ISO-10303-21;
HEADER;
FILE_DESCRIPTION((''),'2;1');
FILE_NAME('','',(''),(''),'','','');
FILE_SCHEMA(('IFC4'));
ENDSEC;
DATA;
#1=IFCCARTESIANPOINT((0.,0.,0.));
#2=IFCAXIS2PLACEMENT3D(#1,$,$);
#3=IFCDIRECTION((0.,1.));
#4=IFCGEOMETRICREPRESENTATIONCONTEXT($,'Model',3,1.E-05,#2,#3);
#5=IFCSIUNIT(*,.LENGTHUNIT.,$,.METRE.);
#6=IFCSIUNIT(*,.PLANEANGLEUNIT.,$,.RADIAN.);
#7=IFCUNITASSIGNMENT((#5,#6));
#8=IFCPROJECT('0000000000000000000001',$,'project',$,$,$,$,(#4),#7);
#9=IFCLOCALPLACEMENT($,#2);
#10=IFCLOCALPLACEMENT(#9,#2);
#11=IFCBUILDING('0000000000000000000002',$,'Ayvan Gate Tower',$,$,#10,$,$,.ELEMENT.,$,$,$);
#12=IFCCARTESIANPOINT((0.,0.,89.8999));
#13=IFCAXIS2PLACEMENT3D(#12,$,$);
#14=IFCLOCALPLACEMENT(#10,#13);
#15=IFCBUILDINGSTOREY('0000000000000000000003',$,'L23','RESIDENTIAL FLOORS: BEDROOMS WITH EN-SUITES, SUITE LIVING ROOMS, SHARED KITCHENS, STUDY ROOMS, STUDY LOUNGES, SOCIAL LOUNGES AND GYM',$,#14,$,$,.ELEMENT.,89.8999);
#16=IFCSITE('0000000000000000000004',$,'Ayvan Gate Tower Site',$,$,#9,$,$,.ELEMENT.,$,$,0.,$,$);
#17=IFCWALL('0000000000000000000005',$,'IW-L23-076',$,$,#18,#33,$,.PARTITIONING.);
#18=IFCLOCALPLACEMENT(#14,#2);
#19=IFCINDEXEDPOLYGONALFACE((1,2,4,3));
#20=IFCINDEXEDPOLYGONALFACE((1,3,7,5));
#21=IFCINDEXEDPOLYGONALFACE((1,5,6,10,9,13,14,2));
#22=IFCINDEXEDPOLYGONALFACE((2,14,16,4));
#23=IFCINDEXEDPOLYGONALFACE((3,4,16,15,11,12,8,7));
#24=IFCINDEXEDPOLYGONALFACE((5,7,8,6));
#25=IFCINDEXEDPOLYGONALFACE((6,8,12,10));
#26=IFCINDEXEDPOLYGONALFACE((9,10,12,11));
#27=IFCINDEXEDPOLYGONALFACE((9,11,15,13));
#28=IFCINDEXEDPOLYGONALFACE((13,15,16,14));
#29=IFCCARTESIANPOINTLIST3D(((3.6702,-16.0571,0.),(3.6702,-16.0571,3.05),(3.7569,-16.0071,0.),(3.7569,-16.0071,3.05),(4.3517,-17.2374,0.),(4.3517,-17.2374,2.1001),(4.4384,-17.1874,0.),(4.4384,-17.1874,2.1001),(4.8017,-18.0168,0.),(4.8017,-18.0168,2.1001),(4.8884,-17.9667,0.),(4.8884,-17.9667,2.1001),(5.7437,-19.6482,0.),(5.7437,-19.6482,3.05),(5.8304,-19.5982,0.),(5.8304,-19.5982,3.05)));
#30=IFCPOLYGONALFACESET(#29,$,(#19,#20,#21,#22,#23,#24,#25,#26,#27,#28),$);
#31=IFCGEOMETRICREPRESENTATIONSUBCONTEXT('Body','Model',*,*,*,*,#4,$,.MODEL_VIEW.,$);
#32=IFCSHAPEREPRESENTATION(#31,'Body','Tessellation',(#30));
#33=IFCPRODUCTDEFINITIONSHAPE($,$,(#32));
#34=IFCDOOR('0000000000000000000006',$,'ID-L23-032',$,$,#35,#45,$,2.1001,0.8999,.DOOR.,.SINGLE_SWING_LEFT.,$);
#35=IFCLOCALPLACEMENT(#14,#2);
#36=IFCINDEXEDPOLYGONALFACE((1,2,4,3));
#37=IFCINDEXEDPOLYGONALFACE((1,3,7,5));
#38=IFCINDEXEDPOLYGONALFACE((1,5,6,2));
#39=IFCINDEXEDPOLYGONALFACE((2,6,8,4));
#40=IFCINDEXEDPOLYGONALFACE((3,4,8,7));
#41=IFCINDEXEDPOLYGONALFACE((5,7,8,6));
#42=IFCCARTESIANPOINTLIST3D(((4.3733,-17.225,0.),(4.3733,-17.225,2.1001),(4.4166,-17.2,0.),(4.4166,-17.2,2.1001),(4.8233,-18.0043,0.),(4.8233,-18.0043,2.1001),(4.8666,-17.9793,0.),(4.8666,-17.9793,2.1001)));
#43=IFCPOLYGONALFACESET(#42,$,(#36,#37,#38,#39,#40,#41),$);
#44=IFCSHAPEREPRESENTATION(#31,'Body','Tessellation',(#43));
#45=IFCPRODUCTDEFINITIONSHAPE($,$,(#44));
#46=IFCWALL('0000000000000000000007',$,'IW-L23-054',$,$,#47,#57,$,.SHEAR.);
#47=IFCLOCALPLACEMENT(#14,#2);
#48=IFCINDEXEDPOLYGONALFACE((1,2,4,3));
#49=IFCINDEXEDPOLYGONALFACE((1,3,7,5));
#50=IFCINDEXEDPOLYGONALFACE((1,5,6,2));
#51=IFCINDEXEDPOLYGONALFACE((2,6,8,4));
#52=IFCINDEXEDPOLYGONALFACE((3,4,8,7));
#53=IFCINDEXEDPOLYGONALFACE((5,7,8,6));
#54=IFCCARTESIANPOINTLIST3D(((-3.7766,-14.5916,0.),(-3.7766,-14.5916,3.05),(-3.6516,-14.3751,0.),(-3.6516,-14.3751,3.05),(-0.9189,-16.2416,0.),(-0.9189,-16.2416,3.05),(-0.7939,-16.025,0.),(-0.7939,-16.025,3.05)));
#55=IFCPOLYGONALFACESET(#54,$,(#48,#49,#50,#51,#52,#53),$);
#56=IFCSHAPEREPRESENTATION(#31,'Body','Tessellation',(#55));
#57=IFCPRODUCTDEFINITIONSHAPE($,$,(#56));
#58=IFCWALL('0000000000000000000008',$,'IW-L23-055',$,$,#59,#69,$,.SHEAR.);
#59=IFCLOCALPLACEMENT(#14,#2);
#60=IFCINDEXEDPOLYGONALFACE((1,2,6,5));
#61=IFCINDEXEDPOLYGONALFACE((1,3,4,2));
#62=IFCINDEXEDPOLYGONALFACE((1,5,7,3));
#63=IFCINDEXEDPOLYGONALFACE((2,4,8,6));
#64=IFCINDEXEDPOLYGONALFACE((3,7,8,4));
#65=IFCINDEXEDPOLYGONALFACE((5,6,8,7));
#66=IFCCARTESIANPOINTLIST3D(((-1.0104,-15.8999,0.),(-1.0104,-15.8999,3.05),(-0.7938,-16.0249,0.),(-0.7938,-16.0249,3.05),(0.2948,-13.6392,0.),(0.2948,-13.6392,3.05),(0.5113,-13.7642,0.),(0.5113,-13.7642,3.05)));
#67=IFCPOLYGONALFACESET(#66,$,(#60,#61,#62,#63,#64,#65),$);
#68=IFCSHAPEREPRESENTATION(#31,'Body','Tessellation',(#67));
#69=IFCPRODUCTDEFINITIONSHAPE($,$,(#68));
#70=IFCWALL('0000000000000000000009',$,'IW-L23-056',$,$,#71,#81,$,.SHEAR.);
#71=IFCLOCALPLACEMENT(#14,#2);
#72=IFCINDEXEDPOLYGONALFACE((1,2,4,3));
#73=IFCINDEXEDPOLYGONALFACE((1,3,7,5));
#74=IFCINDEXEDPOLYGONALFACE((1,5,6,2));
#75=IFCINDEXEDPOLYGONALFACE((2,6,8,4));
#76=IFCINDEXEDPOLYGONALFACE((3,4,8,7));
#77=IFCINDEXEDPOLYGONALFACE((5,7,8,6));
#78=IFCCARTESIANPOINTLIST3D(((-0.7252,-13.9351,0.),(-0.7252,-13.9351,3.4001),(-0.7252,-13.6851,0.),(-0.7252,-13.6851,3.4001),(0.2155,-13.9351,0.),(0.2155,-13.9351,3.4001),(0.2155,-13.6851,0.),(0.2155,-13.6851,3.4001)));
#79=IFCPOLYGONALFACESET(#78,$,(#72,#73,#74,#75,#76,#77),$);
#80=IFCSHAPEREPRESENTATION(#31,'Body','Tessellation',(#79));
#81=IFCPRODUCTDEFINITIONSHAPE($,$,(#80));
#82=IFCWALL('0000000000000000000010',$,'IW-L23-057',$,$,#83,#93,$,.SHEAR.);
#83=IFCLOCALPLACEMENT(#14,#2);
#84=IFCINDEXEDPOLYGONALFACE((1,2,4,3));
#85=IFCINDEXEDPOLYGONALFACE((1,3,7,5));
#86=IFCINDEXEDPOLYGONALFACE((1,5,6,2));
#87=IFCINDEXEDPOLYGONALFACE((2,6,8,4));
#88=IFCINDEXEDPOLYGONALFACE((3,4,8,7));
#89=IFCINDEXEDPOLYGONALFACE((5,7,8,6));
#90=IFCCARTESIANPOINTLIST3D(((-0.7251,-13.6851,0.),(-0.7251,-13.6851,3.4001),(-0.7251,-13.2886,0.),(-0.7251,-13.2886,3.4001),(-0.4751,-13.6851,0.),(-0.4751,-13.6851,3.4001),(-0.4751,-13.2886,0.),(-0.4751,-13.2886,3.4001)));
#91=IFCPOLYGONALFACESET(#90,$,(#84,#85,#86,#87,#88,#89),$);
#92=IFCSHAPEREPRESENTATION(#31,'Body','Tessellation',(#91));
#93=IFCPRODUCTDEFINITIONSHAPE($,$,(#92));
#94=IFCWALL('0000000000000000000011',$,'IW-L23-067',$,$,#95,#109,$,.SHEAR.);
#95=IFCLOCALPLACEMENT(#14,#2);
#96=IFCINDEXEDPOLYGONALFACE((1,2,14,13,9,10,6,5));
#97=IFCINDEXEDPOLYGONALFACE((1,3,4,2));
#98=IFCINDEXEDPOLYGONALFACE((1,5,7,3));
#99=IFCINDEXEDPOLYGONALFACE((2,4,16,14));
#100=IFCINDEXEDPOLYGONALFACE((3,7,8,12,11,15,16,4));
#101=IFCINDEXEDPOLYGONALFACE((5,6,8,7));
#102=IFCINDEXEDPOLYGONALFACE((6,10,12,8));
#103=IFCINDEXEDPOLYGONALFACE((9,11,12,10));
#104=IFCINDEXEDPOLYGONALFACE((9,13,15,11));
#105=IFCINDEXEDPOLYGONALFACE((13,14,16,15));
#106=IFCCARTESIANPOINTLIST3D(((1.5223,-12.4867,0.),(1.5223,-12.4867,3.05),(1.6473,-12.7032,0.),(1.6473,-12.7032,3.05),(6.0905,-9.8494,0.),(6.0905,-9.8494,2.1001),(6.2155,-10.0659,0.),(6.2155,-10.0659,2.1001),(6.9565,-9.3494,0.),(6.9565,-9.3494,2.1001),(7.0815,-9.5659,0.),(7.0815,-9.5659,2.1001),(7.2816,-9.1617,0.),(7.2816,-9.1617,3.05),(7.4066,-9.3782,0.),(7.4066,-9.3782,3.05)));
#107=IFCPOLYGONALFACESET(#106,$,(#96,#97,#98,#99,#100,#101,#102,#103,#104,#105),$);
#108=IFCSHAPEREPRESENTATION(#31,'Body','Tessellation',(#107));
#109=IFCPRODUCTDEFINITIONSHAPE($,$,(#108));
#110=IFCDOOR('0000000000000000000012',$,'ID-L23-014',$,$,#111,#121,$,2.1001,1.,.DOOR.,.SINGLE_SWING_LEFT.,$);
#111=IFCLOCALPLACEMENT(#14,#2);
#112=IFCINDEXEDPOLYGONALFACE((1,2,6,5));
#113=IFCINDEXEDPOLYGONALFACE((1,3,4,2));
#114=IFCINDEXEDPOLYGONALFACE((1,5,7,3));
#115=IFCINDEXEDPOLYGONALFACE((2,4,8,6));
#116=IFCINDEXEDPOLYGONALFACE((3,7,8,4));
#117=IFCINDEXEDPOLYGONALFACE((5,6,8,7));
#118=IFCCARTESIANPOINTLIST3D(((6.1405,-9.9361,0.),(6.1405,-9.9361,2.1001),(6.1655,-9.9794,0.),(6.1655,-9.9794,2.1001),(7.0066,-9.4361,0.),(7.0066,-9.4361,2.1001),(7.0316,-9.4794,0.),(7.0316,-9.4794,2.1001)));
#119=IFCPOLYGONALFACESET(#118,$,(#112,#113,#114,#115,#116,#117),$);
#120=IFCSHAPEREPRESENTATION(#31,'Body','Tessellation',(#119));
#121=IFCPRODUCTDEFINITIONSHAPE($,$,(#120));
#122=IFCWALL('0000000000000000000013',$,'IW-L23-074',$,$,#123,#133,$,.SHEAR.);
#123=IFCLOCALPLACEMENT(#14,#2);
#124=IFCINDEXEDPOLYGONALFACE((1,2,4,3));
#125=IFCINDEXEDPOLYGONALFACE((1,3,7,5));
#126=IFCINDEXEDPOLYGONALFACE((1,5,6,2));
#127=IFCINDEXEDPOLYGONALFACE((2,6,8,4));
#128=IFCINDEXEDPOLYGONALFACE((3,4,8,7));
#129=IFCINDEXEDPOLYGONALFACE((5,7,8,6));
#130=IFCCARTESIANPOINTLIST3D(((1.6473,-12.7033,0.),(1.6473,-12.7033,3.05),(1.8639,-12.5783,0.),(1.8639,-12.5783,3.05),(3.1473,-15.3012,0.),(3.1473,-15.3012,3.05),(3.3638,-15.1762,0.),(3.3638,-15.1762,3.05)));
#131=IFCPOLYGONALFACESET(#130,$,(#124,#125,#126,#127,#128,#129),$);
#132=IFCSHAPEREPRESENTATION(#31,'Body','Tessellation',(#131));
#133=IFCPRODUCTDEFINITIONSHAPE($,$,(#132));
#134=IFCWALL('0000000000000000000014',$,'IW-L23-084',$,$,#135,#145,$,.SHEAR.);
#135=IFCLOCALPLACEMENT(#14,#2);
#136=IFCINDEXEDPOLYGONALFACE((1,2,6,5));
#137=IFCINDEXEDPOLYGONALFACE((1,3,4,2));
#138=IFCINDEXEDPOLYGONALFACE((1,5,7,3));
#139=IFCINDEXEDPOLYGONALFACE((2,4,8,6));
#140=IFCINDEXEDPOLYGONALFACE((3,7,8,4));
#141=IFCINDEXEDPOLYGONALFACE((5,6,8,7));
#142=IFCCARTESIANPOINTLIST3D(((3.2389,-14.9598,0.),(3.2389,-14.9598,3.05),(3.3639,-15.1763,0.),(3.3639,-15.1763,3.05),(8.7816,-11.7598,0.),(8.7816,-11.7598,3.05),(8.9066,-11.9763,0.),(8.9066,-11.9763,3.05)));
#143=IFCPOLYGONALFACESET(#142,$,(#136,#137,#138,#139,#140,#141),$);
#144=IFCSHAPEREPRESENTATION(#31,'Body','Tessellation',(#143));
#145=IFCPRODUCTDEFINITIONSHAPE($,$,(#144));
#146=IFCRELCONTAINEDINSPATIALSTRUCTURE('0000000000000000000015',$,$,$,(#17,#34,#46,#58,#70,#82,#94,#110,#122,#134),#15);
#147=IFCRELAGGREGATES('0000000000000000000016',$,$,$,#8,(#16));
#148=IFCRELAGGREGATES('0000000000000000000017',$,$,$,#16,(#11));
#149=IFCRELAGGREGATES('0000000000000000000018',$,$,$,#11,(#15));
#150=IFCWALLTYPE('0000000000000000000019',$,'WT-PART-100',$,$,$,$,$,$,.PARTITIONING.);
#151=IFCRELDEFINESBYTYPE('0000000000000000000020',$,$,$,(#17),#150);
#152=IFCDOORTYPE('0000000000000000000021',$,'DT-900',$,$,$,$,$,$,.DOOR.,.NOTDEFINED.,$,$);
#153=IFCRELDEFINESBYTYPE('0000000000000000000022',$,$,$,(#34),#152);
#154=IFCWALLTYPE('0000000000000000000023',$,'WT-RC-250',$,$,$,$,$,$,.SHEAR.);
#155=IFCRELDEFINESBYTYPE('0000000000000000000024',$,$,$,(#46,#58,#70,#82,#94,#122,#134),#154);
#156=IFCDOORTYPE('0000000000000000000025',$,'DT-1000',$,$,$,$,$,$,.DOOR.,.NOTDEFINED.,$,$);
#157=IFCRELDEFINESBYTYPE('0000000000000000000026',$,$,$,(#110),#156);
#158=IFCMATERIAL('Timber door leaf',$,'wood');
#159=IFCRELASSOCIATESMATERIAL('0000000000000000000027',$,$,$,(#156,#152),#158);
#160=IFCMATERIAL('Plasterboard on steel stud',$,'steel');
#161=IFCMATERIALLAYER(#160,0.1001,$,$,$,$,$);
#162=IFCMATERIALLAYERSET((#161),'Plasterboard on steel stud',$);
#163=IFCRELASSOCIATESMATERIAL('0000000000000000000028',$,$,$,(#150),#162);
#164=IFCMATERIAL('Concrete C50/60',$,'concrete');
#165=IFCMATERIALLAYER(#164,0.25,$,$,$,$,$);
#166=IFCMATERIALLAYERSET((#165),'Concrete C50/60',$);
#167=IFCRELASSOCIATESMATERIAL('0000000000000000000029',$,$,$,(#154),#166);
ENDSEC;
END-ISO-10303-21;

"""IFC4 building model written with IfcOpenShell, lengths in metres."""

from ifc_helpers import new_model, si_unit, direction, frame, frame_2d, origin, place, context, subcontext, project, spatial, rectangle, extrude, material, layer, layer_set, type_object, element, fill, save


model = new_model("IFC4")

# Units and contexts
model_context = context("Model", 3, precision=1e-05, world=origin(), true_north=direction((0.0, 1.0)))
body_context = subcontext(model_context, "Body", "Model", "MODEL_VIEW")
ifc_project = project(units=[si_unit("LENGTHUNIT", "METRE"), si_unit("PLANEANGLEUNIT", "RADIAN")], contexts=[model_context])

# Site, building, storey
site_placement = place(None, origin())
site = spatial("IfcSite", under=ifc_project, at=site_placement, Name="Ayvan Gate Tower Site", CompositionType="ELEMENT", RefElevation=0.0)
building_placement = place(site_placement, origin())
building = spatial("IfcBuilding", under=site, at=building_placement, Name="Ayvan Gate Tower", CompositionType="ELEMENT")
storey_placement = place(building_placement, frame((0.0, 0.0, 89.8999)))
storey = spatial("IfcBuildingStorey", under=building, at=storey_placement, Name="L23", Description="RESIDENTIAL FLOORS: BEDROOMS WITH EN-SUITES, SUITE LIVING ROOMS, SHARED KITCHENS, STUDY ROOMS, STUDY LOUNGES, SOCIAL LOUNGES AND GYM", CompositionType="ELEMENT", Elevation=89.8999)

# Shared definitions
ifc_material_1 = material(Name="Plasterboard on steel stud", Category="steel")

# Wall, opening, door
ifc_material_2 = material(Name="Timber door leaf", Category="wood")
door_type_1 = type_object("IfcDoorType", Name="DT-1000", OperationType="NOTDEFINED", PredefinedType="DOOR", material=ifc_material_2)
ifc_layer_1 = layer(ifc_material_1, 0.1001)
ifc_layer_set_1 = layer_set([ifc_layer_1], Name="Plasterboard on steel stud")
wall_type_1 = type_object("IfcWallType", Name="WT-PART-100", PredefinedType="PARTITIONING", material=ifc_layer_set_1)
wall_1_placement = place(storey_placement, frame((3.7136, -16.0322, 0.0), z_axis=(0.0, 0.0, 1.0), x_axis=(0.500033, -0.866006, 0.0)))
wall_1 = element("IfcWall", 1, at=wall_1_placement, inside=storey, type_object=wall_type_1, Name="IW-L23-076", PredefinedType="PARTITIONING", context=body_context, shape_type="SweptSolid", body=[
    extrude(rectangle(XDim=4.1467, YDim=0.1001, at=frame_2d((2.0732, 0.0))), origin(), (0.0, 0.0, 1.0), 3.05),
])
opening_1_placement = place(wall_1_placement, frame((1.3628, 0.0, 0.0)))
opening_1 = element("IfcOpeningElement", 2, at=opening_1_placement, cuts=wall_1, PredefinedType="OPENING", context=body_context, shape_type="SweptSolid", body=[
    extrude(rectangle(XDim=0.8999, YDim=2.1001, at=frame_2d((0.45, 1.05))), frame((0.0, 0.0601, 0.0), z_axis=(0.0, -1.0, 0.0), x_axis=(1.0, 0.0, 0.0)), (0.0, 0.0, 1.0), 0.1201),
])
door_type_2 = type_object("IfcDoorType", Name="DT-900", OperationType="NOTDEFINED", PredefinedType="DOOR", material=ifc_material_2)
door_1_placement = place(opening_1_placement, origin())
door_1 = element("IfcDoor", 3, at=door_1_placement, inside=storey, type_object=door_type_2, Name="ID-L23-032", OperationType="SINGLE_SWING_LEFT", OverallHeight=2.1001, OverallWidth=0.8999, PredefinedType="DOOR", context=body_context, shape_type="SweptSolid", body=[
    extrude(rectangle(XDim=0.8999, YDim=2.1001, at=frame_2d((0.45, 1.05))), frame((0.0, 0.0249, 0.0), z_axis=(0.0, -1.0, 0.0), x_axis=(1.0, 0.0, 0.0)), (0.0, 0.0, 1.0), 0.05),
])
fill(opening_1, door_1)

# Walls
ifc_material_3 = material(Name="Concrete C50/60", Category="concrete")
ifc_layer_2 = layer(ifc_material_3, 0.25)
ifc_layer_set_2 = layer_set([ifc_layer_2], Name="Concrete C50/60")
wall_type_2 = type_object("IfcWallType", Name="WT-RC-250", PredefinedType="SHEAR", material=ifc_layer_set_2)
wall_2_placement = place(storey_placement, frame((-0.8564, -16.1333, 0.0), z_axis=(0.0, 0.0, 1.0), x_axis=(-0.866022, 0.500006, 0.0)))
element("IfcWall", 4, at=wall_2_placement, inside=storey, type_object=wall_type_2, Name="IW-L23-054", PredefinedType="SHEAR", context=body_context, shape_type="SweptSolid", body=[
    extrude(rectangle(XDim=3.2998, YDim=0.25, at=frame_2d((1.6499, 0.0))), origin(), (0.0, 0.0, 1.0), 3.05),
])
wall_3_placement = place(storey_placement, frame((-0.9021, -15.9624, 0.0), z_axis=(0.0, 0.0, 1.0), x_axis=(0.499982, 0.866036, 0.0)))
element("IfcWall", 5, at=wall_3_placement, inside=storey, type_object=wall_type_2, Name="IW-L23-055", PredefinedType="SHEAR", context=body_context, shape_type="SweptSolid", body=[
    extrude(rectangle(XDim=2.6104, YDim=0.25, at=frame_2d((1.3052, 0.0))), origin(), (0.0, 0.0, 1.0), 3.05),
])
wall_4_placement = place(storey_placement, frame((-0.7251, -13.8101, 0.0), z_axis=(0.0, 0.0, 1.0), x_axis=(1.0, 0.0, 0.0)))
element("IfcWall", 6, at=wall_4_placement, inside=storey, type_object=wall_type_2, Name="IW-L23-056", PredefinedType="SHEAR", context=body_context, shape_type="SweptSolid", body=[
    extrude(rectangle(XDim=0.9407, YDim=0.25, at=frame_2d((0.4702, 0.0))), origin(), (0.0, 0.0, 1.0), 3.4001),
])
wall_5_placement = place(storey_placement, frame((-0.6001, -13.2886, 0.0), z_axis=(0.0, 0.0, 1.0), x_axis=(0.0, -1.0, 0.0)))
element("IfcWall", 7, at=wall_5_placement, inside=storey, type_object=wall_type_2, Name="IW-L23-057", PredefinedType="SHEAR", context=body_context, shape_type="SweptSolid", body=[
    extrude(rectangle(XDim=0.3965, YDim=0.25, at=frame_2d((0.1982, 0.0))), origin(), (0.0, 0.0, 1.0), 3.4001),
])

# Wall, opening, door
wall_6_placement = place(storey_placement, frame((1.5847, -12.595, 0.0), z_axis=(0.0, 0.0, 1.0), x_axis=(0.866036, 0.499981, 0.0)))
wall_6 = element("IfcWall", 8, at=wall_6_placement, inside=storey, type_object=wall_type_2, Name="IW-L23-067", PredefinedType="SHEAR", context=body_context, shape_type="SweptSolid", body=[
    extrude(rectangle(XDim=6.6501, YDim=0.25, at=frame_2d((3.3252, 0.0))), origin(), (0.0, 0.0, 1.0), 3.05),
])
opening_2_placement = place(wall_6_placement, frame((5.2749, 0.0, 0.0)))
opening_2 = element("IfcOpeningElement", 9, at=opening_2_placement, cuts=wall_6, PredefinedType="OPENING", context=body_context, shape_type="SweptSolid", body=[
    extrude(rectangle(XDim=1.0, YDim=2.1001, at=frame_2d((0.5, 1.05))), frame((0.0, 0.135, 0.0), z_axis=(0.0, -1.0, 0.0), x_axis=(1.0, 0.0, 0.0)), (0.0, 0.0, 1.0), 0.27),
])
door_2_placement = place(opening_2_placement, origin())
door_2 = element("IfcDoor", 10, at=door_2_placement, inside=storey, type_object=door_type_1, Name="ID-L23-014", OperationType="SINGLE_SWING_LEFT", OverallHeight=2.1001, OverallWidth=1.0, PredefinedType="DOOR", context=body_context, shape_type="SweptSolid", body=[
    extrude(rectangle(XDim=1.0, YDim=2.1001, at=frame_2d((0.5, 1.05))), frame((0.0, 0.0249, 0.0), z_axis=(0.0, -1.0, 0.0), x_axis=(1.0, 0.0, 0.0)), (0.0, 0.0, 1.0), 0.05),
])
fill(opening_2, door_2)

# Walls
wall_7_placement = place(storey_placement, frame((3.2556, -15.2388, 0.0), z_axis=(0.0, 0.0, 1.0), x_axis=(-0.500025, 0.866011, 0.0)))
element("IfcWall", 11, at=wall_7_placement, inside=storey, type_object=wall_type_2, Name="IW-L23-074", PredefinedType="SHEAR", context=body_context, shape_type="SweptSolid", body=[
    extrude(rectangle(XDim=2.9998, YDim=0.25, at=frame_2d((1.5, 0.0))), origin(), (0.0, 0.0, 1.0), 3.05),
])
wall_8_placement = place(storey_placement, frame((3.3013, -15.0681, 0.0), z_axis=(0.0, 0.0, 1.0), x_axis=(0.866035, 0.499983, 0.0)))
element("IfcWall", 12, at=wall_8_placement, inside=storey, type_object=wall_type_2, Name="IW-L23-084", PredefinedType="SHEAR", context=body_context, shape_type="SweptSolid", body=[
    extrude(rectangle(XDim=6.4001, YDim=0.25, at=frame_2d((3.2002, 0.0))), origin(), (0.0, 0.0, 1.0), 3.05),
])

save(model, "model.ifc")
